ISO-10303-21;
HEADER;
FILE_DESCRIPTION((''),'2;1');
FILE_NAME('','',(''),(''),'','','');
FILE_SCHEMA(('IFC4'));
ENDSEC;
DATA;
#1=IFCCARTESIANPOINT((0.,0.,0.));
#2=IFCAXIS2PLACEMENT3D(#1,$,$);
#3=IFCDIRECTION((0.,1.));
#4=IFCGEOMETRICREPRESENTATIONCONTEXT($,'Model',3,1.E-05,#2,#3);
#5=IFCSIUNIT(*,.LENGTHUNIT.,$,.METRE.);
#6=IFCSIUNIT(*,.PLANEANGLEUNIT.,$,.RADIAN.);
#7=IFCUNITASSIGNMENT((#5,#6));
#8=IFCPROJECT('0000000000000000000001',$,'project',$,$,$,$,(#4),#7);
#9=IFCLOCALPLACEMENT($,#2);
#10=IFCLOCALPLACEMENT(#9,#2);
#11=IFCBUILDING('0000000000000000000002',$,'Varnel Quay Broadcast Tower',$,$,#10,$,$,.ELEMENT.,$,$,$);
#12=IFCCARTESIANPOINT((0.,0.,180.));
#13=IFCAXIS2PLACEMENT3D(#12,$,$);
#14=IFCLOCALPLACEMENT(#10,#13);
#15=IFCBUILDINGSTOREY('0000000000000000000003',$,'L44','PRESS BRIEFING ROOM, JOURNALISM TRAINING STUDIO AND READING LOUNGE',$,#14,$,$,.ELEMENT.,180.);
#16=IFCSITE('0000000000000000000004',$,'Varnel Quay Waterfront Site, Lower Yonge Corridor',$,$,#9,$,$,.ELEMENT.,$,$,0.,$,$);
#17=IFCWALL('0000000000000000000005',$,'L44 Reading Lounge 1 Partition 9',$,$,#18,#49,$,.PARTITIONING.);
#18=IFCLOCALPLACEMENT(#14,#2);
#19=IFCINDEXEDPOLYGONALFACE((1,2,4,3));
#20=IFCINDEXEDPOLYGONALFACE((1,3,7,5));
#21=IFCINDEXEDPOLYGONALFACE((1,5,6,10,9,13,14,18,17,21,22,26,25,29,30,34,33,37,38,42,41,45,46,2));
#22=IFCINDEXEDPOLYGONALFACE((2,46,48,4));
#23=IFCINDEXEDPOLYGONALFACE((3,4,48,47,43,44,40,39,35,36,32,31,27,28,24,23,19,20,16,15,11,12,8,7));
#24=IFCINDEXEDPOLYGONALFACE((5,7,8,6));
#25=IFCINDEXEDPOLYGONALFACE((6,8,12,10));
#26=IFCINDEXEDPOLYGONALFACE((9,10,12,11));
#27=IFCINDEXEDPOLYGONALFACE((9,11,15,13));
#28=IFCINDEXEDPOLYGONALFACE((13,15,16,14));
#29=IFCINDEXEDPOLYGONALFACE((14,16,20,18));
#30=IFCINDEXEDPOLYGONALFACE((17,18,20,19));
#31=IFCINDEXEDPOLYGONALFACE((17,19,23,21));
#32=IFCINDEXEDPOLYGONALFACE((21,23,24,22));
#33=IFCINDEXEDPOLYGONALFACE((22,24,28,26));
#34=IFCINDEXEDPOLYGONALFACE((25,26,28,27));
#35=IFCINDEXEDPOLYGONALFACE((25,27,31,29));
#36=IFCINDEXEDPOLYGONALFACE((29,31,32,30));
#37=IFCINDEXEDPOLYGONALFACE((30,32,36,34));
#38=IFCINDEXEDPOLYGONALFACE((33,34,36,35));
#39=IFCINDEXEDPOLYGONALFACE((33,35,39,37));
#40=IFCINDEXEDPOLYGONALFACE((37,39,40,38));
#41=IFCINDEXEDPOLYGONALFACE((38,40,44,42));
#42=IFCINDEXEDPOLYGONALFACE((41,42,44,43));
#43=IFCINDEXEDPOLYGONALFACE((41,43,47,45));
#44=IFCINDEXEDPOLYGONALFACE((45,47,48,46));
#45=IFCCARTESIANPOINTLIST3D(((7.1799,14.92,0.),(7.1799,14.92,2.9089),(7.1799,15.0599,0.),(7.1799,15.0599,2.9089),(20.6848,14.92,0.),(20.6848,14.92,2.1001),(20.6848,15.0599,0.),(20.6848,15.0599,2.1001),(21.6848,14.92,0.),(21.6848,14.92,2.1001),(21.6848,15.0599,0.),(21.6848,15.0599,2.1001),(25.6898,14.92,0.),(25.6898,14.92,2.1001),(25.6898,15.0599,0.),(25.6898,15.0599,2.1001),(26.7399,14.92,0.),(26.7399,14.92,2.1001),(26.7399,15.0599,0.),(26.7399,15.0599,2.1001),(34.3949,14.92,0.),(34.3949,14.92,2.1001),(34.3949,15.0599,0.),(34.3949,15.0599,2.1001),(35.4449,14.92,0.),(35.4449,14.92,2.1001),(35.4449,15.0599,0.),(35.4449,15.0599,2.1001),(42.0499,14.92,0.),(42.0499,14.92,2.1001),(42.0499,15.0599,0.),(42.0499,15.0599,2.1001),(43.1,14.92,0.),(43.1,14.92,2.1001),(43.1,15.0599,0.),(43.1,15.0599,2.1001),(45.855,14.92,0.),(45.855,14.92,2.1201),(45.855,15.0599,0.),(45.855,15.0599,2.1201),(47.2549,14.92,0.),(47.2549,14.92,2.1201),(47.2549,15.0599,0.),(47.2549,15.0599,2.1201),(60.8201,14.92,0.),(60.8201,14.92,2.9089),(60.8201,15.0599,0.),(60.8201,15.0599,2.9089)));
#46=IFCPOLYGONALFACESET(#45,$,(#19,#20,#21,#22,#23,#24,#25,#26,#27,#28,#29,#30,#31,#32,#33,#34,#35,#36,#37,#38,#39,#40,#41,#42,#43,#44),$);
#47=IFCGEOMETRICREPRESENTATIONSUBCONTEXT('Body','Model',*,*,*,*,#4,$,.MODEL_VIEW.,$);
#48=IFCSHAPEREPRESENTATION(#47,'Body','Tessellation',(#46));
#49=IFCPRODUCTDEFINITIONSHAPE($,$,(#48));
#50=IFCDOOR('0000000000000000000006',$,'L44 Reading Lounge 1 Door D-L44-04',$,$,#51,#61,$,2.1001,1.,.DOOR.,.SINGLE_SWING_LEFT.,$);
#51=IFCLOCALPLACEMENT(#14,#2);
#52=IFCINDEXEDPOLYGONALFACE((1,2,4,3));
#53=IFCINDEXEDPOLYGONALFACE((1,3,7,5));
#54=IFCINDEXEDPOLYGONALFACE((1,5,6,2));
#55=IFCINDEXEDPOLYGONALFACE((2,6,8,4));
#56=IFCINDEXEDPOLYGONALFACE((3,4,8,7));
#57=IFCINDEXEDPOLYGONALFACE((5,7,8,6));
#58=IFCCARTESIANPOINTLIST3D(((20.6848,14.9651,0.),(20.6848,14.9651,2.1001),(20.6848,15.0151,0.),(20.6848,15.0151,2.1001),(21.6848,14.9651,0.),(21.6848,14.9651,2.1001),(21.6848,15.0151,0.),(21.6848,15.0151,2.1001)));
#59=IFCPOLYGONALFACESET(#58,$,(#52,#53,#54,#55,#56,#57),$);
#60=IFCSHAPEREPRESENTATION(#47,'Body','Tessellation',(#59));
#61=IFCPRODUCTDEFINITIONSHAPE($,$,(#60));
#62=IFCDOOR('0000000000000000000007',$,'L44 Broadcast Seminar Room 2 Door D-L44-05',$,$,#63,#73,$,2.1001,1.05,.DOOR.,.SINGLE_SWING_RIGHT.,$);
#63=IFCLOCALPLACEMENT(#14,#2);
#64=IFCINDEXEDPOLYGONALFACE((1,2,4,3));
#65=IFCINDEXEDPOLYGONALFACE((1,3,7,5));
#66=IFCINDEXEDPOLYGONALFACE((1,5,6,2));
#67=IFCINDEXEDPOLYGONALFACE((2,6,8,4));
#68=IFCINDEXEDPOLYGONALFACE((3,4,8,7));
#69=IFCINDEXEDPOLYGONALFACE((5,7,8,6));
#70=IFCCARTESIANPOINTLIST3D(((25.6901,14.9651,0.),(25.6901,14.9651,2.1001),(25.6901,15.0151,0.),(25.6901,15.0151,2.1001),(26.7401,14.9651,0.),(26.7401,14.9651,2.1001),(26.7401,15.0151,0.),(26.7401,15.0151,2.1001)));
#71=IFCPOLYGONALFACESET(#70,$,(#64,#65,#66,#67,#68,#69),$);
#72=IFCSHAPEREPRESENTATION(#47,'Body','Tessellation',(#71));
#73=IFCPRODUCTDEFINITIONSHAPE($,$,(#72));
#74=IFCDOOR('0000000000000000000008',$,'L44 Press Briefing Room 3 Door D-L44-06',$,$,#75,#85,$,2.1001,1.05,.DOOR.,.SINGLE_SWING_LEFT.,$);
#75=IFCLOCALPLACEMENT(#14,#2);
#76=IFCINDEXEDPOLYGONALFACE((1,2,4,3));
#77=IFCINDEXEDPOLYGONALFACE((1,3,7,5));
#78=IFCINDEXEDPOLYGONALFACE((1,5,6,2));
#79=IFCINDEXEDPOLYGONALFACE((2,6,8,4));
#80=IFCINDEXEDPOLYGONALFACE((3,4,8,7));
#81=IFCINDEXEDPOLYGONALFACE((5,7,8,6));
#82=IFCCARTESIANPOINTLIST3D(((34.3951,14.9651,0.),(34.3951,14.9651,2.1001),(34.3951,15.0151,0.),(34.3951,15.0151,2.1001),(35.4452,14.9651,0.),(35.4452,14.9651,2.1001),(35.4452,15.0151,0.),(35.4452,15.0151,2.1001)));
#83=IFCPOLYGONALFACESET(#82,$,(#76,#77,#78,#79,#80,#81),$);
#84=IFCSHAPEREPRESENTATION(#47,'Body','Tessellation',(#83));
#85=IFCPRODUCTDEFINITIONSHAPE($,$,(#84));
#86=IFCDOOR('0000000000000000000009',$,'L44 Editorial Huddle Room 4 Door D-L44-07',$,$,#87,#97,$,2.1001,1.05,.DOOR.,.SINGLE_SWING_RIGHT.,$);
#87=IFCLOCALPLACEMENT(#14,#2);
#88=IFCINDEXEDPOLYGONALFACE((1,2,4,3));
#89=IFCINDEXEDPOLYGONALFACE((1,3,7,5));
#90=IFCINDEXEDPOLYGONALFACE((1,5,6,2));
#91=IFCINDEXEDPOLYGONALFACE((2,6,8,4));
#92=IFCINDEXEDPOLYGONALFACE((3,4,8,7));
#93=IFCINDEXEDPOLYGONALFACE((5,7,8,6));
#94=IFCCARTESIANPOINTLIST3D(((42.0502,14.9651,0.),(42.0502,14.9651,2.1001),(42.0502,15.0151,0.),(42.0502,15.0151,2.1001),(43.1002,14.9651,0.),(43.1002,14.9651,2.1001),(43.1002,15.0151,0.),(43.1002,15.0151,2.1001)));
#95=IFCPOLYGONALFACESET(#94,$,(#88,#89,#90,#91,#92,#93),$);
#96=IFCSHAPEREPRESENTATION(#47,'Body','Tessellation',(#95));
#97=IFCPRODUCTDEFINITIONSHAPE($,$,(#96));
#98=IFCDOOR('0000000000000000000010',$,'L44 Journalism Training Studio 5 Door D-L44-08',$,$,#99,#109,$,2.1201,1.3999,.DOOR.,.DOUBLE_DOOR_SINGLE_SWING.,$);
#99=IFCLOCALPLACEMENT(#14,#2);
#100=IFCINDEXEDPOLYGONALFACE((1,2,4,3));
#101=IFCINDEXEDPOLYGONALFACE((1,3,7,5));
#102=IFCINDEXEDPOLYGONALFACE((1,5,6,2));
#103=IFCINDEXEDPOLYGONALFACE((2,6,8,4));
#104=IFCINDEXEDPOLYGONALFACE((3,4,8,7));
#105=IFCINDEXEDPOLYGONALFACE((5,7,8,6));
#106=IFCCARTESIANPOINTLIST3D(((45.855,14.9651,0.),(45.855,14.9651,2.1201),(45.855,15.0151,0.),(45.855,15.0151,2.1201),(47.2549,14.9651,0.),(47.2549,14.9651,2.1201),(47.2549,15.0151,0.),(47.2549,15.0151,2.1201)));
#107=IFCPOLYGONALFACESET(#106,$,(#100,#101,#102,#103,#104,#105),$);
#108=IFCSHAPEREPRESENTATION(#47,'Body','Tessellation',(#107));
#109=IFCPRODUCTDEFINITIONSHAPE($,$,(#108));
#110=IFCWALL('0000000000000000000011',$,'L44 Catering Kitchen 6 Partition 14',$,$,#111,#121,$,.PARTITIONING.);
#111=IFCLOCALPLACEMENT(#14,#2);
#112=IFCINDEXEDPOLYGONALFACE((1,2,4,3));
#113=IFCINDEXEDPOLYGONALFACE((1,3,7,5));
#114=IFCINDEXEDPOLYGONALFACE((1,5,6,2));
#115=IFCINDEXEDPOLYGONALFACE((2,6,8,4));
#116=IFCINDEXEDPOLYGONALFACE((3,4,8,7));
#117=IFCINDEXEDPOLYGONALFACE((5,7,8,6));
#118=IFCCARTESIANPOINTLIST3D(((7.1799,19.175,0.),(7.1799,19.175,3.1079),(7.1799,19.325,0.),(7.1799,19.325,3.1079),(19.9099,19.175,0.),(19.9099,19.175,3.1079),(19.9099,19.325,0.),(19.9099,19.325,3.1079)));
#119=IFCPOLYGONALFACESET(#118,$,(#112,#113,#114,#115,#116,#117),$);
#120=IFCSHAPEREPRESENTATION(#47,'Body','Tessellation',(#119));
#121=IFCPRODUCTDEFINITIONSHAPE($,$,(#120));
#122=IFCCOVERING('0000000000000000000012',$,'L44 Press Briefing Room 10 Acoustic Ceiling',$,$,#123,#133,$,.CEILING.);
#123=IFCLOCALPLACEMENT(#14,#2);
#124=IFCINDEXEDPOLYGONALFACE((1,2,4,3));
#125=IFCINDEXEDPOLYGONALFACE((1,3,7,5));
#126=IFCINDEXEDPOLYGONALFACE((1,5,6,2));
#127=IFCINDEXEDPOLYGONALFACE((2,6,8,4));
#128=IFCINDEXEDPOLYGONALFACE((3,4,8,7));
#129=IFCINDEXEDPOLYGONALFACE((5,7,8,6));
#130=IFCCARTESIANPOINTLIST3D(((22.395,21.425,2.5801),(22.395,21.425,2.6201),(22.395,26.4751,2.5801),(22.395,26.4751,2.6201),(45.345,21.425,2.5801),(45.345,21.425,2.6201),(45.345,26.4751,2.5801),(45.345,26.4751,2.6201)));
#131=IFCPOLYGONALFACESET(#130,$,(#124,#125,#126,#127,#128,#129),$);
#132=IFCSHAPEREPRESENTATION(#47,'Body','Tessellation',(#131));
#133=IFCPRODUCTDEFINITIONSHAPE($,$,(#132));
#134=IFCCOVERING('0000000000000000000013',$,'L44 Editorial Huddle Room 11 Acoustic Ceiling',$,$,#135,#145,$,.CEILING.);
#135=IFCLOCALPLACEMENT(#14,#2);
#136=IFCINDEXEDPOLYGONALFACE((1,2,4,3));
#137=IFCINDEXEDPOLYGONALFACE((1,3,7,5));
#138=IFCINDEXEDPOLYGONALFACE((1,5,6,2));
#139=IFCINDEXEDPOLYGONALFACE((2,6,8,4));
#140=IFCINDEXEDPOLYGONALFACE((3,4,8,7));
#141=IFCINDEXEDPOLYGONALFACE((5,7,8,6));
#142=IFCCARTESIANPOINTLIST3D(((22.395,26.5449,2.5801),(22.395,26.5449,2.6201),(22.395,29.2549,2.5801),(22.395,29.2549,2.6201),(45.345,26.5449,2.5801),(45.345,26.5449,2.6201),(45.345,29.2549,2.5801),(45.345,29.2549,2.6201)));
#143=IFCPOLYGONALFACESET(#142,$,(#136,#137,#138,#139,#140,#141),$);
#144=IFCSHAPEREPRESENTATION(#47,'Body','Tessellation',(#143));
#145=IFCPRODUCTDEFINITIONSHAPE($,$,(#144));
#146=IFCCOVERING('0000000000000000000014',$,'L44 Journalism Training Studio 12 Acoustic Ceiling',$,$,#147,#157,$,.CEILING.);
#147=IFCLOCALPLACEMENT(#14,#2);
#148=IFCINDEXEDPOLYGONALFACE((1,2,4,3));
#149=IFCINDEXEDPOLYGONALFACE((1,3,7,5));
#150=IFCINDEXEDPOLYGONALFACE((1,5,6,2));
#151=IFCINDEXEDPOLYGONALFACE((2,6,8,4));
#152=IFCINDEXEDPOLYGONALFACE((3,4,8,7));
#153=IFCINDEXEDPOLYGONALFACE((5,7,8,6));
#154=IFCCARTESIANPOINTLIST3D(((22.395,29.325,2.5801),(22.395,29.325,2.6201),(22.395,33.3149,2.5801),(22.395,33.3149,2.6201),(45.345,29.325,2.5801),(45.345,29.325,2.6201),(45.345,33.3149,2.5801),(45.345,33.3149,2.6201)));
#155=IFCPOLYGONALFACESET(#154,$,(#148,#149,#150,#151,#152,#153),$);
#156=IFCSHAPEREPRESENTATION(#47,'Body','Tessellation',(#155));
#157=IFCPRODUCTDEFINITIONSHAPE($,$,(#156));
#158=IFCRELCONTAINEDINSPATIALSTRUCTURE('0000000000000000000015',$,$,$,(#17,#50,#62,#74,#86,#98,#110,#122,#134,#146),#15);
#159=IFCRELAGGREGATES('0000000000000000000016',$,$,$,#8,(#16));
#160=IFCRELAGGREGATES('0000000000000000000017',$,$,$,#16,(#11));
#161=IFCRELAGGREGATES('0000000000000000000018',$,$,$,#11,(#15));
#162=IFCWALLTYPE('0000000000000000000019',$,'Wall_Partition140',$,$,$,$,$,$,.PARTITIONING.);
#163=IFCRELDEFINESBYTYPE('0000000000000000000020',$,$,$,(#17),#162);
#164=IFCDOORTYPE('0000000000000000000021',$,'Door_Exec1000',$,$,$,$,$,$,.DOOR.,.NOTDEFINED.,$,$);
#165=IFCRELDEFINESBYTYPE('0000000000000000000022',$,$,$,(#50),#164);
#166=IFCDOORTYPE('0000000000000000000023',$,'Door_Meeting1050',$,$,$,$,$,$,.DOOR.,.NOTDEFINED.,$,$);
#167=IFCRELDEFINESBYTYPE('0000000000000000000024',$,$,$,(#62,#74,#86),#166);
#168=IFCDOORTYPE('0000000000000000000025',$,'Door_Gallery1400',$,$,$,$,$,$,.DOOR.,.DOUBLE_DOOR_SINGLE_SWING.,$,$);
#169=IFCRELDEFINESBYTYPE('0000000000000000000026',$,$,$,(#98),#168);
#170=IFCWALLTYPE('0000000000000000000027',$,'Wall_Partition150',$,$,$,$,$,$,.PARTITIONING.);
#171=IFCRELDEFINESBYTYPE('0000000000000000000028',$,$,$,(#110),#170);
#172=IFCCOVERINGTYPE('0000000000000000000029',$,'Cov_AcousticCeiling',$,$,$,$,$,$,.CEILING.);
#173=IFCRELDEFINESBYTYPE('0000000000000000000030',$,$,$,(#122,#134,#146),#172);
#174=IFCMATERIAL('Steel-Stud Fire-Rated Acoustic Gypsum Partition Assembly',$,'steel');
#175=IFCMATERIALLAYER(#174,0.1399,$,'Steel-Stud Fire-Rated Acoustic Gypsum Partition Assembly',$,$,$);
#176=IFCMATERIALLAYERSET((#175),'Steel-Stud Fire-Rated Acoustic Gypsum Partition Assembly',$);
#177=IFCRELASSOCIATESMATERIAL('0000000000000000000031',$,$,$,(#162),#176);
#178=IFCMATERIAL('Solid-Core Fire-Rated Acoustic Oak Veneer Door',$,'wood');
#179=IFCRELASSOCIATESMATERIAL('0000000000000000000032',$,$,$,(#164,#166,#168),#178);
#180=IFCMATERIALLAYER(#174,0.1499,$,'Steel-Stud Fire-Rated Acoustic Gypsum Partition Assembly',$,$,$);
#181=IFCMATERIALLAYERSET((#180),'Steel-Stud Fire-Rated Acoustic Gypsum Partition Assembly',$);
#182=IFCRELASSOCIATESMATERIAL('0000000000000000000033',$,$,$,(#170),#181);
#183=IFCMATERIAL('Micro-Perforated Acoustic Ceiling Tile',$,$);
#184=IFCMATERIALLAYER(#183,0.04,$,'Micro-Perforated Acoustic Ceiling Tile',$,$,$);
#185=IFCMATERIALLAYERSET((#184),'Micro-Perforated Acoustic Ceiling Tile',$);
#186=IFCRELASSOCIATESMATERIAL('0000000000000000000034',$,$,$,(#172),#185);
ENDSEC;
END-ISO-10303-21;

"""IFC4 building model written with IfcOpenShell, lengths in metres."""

from ifc_helpers import new_model, si_unit, direction, frame, frame_2d, origin, place, context, subcontext, project, spatial, polyline, rectangle, outline, extrude, source, transform, mapped, material, layer, layer_set, type_object, type_shapes, element, fill, save


model = new_model("IFC4")

# Units and contexts
model_context = context("Model", 3, precision=1e-05, world=origin(), true_north=direction((0.0, 1.0)))
body_context = subcontext(model_context, "Body", "Model", "MODEL_VIEW")
ifc_project = project(units=[si_unit("LENGTHUNIT", "METRE"), si_unit("PLANEANGLEUNIT", "RADIAN")], contexts=[model_context])

# Site, building, storey
site_placement = place(None, origin())
site = spatial("IfcSite", under=ifc_project, at=site_placement, Name="Varnel Quay Waterfront Site, Lower Yonge Corridor", CompositionType="ELEMENT", RefElevation=0.0)
building_placement = place(site_placement, origin())
building = spatial("IfcBuilding", under=site, at=building_placement, Name="Varnel Quay Broadcast Tower", CompositionType="ELEMENT")
storey_placement = place(building_placement, frame((0.0, 0.0, 180.0)))
storey = spatial("IfcBuildingStorey", under=building, at=storey_placement, Name="L44", Description="PRESS BRIEFING ROOM, JOURNALISM TRAINING STUDIO AND READING LOUNGE", CompositionType="ELEMENT", Elevation=180.0)

# Wall, openings, doors
ifc_material_1 = material(Name="Steel-Stud Fire-Rated Acoustic Gypsum Partition Assembly", Category="steel")
ifc_layer_1 = layer(ifc_material_1, 0.1399, Name="Steel-Stud Fire-Rated Acoustic Gypsum Partition Assembly")
ifc_layer_set_1 = layer_set([ifc_layer_1], Name="Steel-Stud Fire-Rated Acoustic Gypsum Partition Assembly")
wall_type_1 = type_object("IfcWallType", Name="Wall_Partition140", PredefinedType="PARTITIONING", material=ifc_layer_set_1)
wall_1_placement = place(storey_placement, frame((7.1799, 14.99, 0.0), z_axis=(0.0, 0.0, 1.0), x_axis=(1.0, 0.0, 0.0)))
wall_1 = element("IfcWall", 1, at=wall_1_placement, inside=storey, type_object=wall_type_1, Name="L44 Reading Lounge 1 Partition 9", PredefinedType="PARTITIONING", context=body_context, shape_type="SweptSolid", body=[
    extrude(rectangle(XDim=53.6401, YDim=0.1399, at=frame_2d((26.8201, 0.0))), origin(), (0.0, 0.0, 1.0), 2.9089),
])
opening_1_placement = place(wall_1_placement, frame((13.5049, 0.0, 0.0)))
opening_1 = element("IfcOpeningElement", 2, at=opening_1_placement, cuts=wall_1, PredefinedType="OPENING", context=body_context, shape_type="SweptSolid", body=[
    extrude(rectangle(XDim=1.0, YDim=2.1001, at=frame_2d((0.5, 1.05))), frame((0.0, 0.0801, 0.0), z_axis=(0.0, -1.0, 0.0), x_axis=(1.0, 0.0, 0.0)), (0.0, 0.0, 1.0), 0.1599),
])
opening_2_placement = place(wall_1_placement, frame((18.51, 0.0, 0.0)))
opening_2 = element("IfcOpeningElement", 3, at=opening_2_placement, cuts=wall_1, PredefinedType="OPENING", context=body_context, shape_type="SweptSolid", body=[
    extrude(rectangle(XDim=1.05, YDim=2.1001, at=frame_2d((0.5249, 1.05))), frame((0.0, 0.0801, 0.0), z_axis=(0.0, -1.0, 0.0), x_axis=(1.0, 0.0, 0.0)), (0.0, 0.0, 1.0), 0.1599),
])
opening_3_placement = place(wall_1_placement, frame((27.2151, 0.0, 0.0)))
opening_3 = element("IfcOpeningElement", 4, at=opening_3_placement, cuts=wall_1, PredefinedType="OPENING", context=body_context, shape_type="SweptSolid", body=[
    extrude(rectangle(XDim=1.05, YDim=2.1001, at=frame_2d((0.5249, 1.05))), frame((0.0, 0.0801, 0.0), z_axis=(0.0, -1.0, 0.0), x_axis=(1.0, 0.0, 0.0)), (0.0, 0.0, 1.0), 0.1599),
])
opening_4_placement = place(wall_1_placement, frame((34.8701, 0.0, 0.0)))
opening_4 = element("IfcOpeningElement", 5, at=opening_4_placement, cuts=wall_1, PredefinedType="OPENING", context=body_context, shape_type="SweptSolid", body=[
    extrude(rectangle(XDim=1.05, YDim=2.1001, at=frame_2d((0.5249, 1.05))), frame((0.0, 0.0801, 0.0), z_axis=(0.0, -1.0, 0.0), x_axis=(1.0, 0.0, 0.0)), (0.0, 0.0, 1.0), 0.1599),
])
opening_5_placement = place(wall_1_placement, frame((38.675, 0.0, 0.0)))
opening_5 = element("IfcOpeningElement", 6, at=opening_5_placement, cuts=wall_1, PredefinedType="OPENING", context=body_context, shape_type="SweptSolid", body=[
    extrude(rectangle(XDim=1.3999, YDim=2.1201, at=frame_2d((0.7, 1.0601))), frame((0.0, 0.0801, 0.0), z_axis=(0.0, -1.0, 0.0), x_axis=(1.0, 0.0, 0.0)), (0.0, 0.0, 1.0), 0.1599),
])
ifc_material_2 = material(Name="Solid-Core Fire-Rated Acoustic Oak Veneer Door", Category="wood")
door_type_1 = type_object("IfcDoorType", Name="Door_Exec1000", OperationType="NOTDEFINED", PredefinedType="DOOR", material=ifc_material_2)
shared_shape_1 = source(origin(), body_context, "Body", "SweptSolid", [
    extrude(rectangle(XDim=1.0, YDim=2.1001, at=frame_2d((0.5, 1.05))), frame((0.0, 0.0249, 0.0), z_axis=(0.0, -1.0, 0.0), x_axis=(1.0, 0.0, 0.0)), (0.0, 0.0, 1.0), 0.05),
])
type_shapes(door_type_1, [shared_shape_1])
door_1_placement = place(opening_1_placement, frame((1.0, 0.0, 0.0), z_axis=(0.0, 0.0, 1.0), x_axis=(-1.0, 0.0, 0.0)))
door_1 = element("IfcDoor", 7, at=door_1_placement, inside=storey, type_object=door_type_1, Name="L44 Reading Lounge 1 Door D-L44-04", OperationType="SINGLE_SWING_LEFT", OverallHeight=2.1001, OverallWidth=1.0, PredefinedType="DOOR", context=body_context, shape_type="MappedRepresentation", body=[
    mapped(shared_shape_1, transform((0.0, 0.0, 0.0), x_axis=(1.0, 0.0, 0.0), y_axis=(0.0, 1.0, 0.0), z_axis=(0.0, 0.0, 1.0), scale=1.0)),
])
fill(opening_1, door_1)
door_type_2 = type_object("IfcDoorType", Name="Door_Meeting1050", OperationType="NOTDEFINED", PredefinedType="DOOR", material=ifc_material_2)
shared_shape_2 = source(origin(), body_context, "Body", "SweptSolid", [
    extrude(rectangle(XDim=1.05, YDim=2.1001, at=frame_2d((0.5249, 1.05))), frame((0.0, 0.0249, 0.0), z_axis=(0.0, -1.0, 0.0), x_axis=(1.0, 0.0, 0.0)), (0.0, 0.0, 1.0), 0.05),
])
type_shapes(door_type_2, [shared_shape_2])
door_2_placement = place(opening_2_placement, frame((1.05, 0.0, 0.0), z_axis=(0.0, 0.0, 1.0), x_axis=(-1.0, 0.0, 0.0)))
door_2 = element("IfcDoor", 8, at=door_2_placement, inside=storey, type_object=door_type_2, Name="L44 Broadcast Seminar Room 2 Door D-L44-05", OperationType="SINGLE_SWING_RIGHT", OverallHeight=2.1001, OverallWidth=1.05, PredefinedType="DOOR", context=body_context, shape_type="MappedRepresentation", body=[
    mapped(shared_shape_2, transform((0.0, 0.0, 0.0), x_axis=(1.0, 0.0, 0.0), y_axis=(0.0, 1.0, 0.0), z_axis=(0.0, 0.0, 1.0), scale=1.0)),
])
fill(opening_2, door_2)
door_3_placement = place(opening_3_placement, frame((1.05, 0.0, 0.0), z_axis=(0.0, 0.0, 1.0), x_axis=(-1.0, 0.0, 0.0)))
door_3 = element("IfcDoor", 9, at=door_3_placement, inside=storey, type_object=door_type_2, Name="L44 Press Briefing Room 3 Door D-L44-06", OperationType="SINGLE_SWING_LEFT", OverallHeight=2.1001, OverallWidth=1.05, PredefinedType="DOOR", context=body_context, shape_type="MappedRepresentation", body=[
    mapped(shared_shape_2, transform((0.0, 0.0, 0.0), x_axis=(1.0, 0.0, 0.0), y_axis=(0.0, 1.0, 0.0), z_axis=(0.0, 0.0, 1.0), scale=1.0)),
])
fill(opening_3, door_3)
door_4_placement = place(opening_4_placement, frame((1.05, 0.0, 0.0), z_axis=(0.0, 0.0, 1.0), x_axis=(-1.0, 0.0, 0.0)))
door_4 = element("IfcDoor", 10, at=door_4_placement, inside=storey, type_object=door_type_2, Name="L44 Editorial Huddle Room 4 Door D-L44-07", OperationType="SINGLE_SWING_RIGHT", OverallHeight=2.1001, OverallWidth=1.05, PredefinedType="DOOR", context=body_context, shape_type="MappedRepresentation", body=[
    mapped(shared_shape_2, transform((0.0, 0.0, 0.0), x_axis=(1.0, 0.0, 0.0), y_axis=(0.0, 1.0, 0.0), z_axis=(0.0, 0.0, 1.0), scale=1.0)),
])
fill(opening_4, door_4)
door_type_3 = type_object("IfcDoorType", Name="Door_Gallery1400", OperationType="DOUBLE_DOOR_SINGLE_SWING", PredefinedType="DOOR", material=ifc_material_2)
shared_shape_3 = source(origin(), body_context, "Body", "SweptSolid", [
    extrude(rectangle(XDim=1.3999, YDim=2.1201, at=frame_2d((0.7, 1.0601))), frame((0.0, 0.0249, 0.0), z_axis=(0.0, -1.0, 0.0), x_axis=(1.0, 0.0, 0.0)), (0.0, 0.0, 1.0), 0.05),
])
type_shapes(door_type_3, [shared_shape_3])
door_5_placement = place(opening_5_placement, frame((1.3999, 0.0, 0.0), z_axis=(0.0, 0.0, 1.0), x_axis=(-1.0, 0.0, 0.0)))
door_5 = element("IfcDoor", 11, at=door_5_placement, inside=storey, type_object=door_type_3, Name="L44 Journalism Training Studio 5 Door D-L44-08", OperationType="DOUBLE_DOOR_SINGLE_SWING", OverallHeight=2.1201, OverallWidth=1.3999, PredefinedType="DOOR", context=body_context, shape_type="MappedRepresentation", body=[
    mapped(shared_shape_3, transform((0.0, 0.0, 0.0), x_axis=(1.0, 0.0, 0.0), y_axis=(0.0, 1.0, 0.0), z_axis=(0.0, 0.0, 1.0), scale=1.0)),
])
fill(opening_5, door_5)

# Wall
ifc_layer_2 = layer(ifc_material_1, 0.1499, Name="Steel-Stud Fire-Rated Acoustic Gypsum Partition Assembly")
ifc_layer_set_2 = layer_set([ifc_layer_2], Name="Steel-Stud Fire-Rated Acoustic Gypsum Partition Assembly")
wall_type_2 = type_object("IfcWallType", Name="Wall_Partition150", PredefinedType="PARTITIONING", material=ifc_layer_set_2)
wall_2_placement = place(storey_placement, frame((7.1799, 19.25, 0.0), z_axis=(0.0, 0.0, 1.0), x_axis=(1.0, 0.0, 0.0)))
element("IfcWall", 12, at=wall_2_placement, inside=storey, type_object=wall_type_2, Name="L44 Catering Kitchen 6 Partition 14", PredefinedType="PARTITIONING", context=body_context, shape_type="SweptSolid", body=[
    extrude(rectangle(XDim=12.73, YDim=0.1499, at=frame_2d((6.365, 0.0))), origin(), (0.0, 0.0, 1.0), 3.1079),
])

# Coverings
ifc_material_3 = material(Name="Micro-Perforated Acoustic Ceiling Tile")
ifc_layer_3 = layer(ifc_material_3, 0.04, Name="Micro-Perforated Acoustic Ceiling Tile")
ifc_layer_set_3 = layer_set([ifc_layer_3], Name="Micro-Perforated Acoustic Ceiling Tile")
covering_type_1 = type_object("IfcCoveringType", Name="Cov_AcousticCeiling", PredefinedType="CEILING", material=ifc_layer_set_3)
covering_1_placement = place(storey_placement, frame((0.0, 0.0, 2.5801)))
element("IfcCovering", 13, at=covering_1_placement, inside=storey, type_object=covering_type_1, Name="L44 Press Briefing Room 10 Acoustic Ceiling", PredefinedType="CEILING", context=body_context, shape_type="SweptSolid", body=[
    extrude(outline(polyline([(22.395, 21.425), (45.345, 21.425), (45.345, 26.4751), (22.395, 26.4751), (22.395, 21.425)])), origin(), (0.0, 0.0, 1.0), 0.04),
])
covering_2_placement = place(storey_placement, frame((0.0, 0.0, 2.5801)))
element("IfcCovering", 14, at=covering_2_placement, inside=storey, type_object=covering_type_1, Name="L44 Editorial Huddle Room 11 Acoustic Ceiling", PredefinedType="CEILING", context=body_context, shape_type="SweptSolid", body=[
    extrude(outline(polyline([(22.395, 26.5449), (45.345, 26.5449), (45.345, 29.2549), (22.395, 29.2549), (22.395, 26.5449)])), origin(), (0.0, 0.0, 1.0), 0.04),
])
covering_3_placement = place(storey_placement, frame((0.0, 0.0, 2.5801)))
element("IfcCovering", 15, at=covering_3_placement, inside=storey, type_object=covering_type_1, Name="L44 Journalism Training Studio 12 Acoustic Ceiling", PredefinedType="CEILING", context=body_context, shape_type="SweptSolid", body=[
    extrude(outline(polyline([(22.395, 29.325), (45.345, 29.325), (45.345, 33.3149), (22.395, 33.3149), (22.395, 29.325)])), origin(), (0.0, 0.0, 1.0), 0.04),
])

save(model, "model.ifc")
